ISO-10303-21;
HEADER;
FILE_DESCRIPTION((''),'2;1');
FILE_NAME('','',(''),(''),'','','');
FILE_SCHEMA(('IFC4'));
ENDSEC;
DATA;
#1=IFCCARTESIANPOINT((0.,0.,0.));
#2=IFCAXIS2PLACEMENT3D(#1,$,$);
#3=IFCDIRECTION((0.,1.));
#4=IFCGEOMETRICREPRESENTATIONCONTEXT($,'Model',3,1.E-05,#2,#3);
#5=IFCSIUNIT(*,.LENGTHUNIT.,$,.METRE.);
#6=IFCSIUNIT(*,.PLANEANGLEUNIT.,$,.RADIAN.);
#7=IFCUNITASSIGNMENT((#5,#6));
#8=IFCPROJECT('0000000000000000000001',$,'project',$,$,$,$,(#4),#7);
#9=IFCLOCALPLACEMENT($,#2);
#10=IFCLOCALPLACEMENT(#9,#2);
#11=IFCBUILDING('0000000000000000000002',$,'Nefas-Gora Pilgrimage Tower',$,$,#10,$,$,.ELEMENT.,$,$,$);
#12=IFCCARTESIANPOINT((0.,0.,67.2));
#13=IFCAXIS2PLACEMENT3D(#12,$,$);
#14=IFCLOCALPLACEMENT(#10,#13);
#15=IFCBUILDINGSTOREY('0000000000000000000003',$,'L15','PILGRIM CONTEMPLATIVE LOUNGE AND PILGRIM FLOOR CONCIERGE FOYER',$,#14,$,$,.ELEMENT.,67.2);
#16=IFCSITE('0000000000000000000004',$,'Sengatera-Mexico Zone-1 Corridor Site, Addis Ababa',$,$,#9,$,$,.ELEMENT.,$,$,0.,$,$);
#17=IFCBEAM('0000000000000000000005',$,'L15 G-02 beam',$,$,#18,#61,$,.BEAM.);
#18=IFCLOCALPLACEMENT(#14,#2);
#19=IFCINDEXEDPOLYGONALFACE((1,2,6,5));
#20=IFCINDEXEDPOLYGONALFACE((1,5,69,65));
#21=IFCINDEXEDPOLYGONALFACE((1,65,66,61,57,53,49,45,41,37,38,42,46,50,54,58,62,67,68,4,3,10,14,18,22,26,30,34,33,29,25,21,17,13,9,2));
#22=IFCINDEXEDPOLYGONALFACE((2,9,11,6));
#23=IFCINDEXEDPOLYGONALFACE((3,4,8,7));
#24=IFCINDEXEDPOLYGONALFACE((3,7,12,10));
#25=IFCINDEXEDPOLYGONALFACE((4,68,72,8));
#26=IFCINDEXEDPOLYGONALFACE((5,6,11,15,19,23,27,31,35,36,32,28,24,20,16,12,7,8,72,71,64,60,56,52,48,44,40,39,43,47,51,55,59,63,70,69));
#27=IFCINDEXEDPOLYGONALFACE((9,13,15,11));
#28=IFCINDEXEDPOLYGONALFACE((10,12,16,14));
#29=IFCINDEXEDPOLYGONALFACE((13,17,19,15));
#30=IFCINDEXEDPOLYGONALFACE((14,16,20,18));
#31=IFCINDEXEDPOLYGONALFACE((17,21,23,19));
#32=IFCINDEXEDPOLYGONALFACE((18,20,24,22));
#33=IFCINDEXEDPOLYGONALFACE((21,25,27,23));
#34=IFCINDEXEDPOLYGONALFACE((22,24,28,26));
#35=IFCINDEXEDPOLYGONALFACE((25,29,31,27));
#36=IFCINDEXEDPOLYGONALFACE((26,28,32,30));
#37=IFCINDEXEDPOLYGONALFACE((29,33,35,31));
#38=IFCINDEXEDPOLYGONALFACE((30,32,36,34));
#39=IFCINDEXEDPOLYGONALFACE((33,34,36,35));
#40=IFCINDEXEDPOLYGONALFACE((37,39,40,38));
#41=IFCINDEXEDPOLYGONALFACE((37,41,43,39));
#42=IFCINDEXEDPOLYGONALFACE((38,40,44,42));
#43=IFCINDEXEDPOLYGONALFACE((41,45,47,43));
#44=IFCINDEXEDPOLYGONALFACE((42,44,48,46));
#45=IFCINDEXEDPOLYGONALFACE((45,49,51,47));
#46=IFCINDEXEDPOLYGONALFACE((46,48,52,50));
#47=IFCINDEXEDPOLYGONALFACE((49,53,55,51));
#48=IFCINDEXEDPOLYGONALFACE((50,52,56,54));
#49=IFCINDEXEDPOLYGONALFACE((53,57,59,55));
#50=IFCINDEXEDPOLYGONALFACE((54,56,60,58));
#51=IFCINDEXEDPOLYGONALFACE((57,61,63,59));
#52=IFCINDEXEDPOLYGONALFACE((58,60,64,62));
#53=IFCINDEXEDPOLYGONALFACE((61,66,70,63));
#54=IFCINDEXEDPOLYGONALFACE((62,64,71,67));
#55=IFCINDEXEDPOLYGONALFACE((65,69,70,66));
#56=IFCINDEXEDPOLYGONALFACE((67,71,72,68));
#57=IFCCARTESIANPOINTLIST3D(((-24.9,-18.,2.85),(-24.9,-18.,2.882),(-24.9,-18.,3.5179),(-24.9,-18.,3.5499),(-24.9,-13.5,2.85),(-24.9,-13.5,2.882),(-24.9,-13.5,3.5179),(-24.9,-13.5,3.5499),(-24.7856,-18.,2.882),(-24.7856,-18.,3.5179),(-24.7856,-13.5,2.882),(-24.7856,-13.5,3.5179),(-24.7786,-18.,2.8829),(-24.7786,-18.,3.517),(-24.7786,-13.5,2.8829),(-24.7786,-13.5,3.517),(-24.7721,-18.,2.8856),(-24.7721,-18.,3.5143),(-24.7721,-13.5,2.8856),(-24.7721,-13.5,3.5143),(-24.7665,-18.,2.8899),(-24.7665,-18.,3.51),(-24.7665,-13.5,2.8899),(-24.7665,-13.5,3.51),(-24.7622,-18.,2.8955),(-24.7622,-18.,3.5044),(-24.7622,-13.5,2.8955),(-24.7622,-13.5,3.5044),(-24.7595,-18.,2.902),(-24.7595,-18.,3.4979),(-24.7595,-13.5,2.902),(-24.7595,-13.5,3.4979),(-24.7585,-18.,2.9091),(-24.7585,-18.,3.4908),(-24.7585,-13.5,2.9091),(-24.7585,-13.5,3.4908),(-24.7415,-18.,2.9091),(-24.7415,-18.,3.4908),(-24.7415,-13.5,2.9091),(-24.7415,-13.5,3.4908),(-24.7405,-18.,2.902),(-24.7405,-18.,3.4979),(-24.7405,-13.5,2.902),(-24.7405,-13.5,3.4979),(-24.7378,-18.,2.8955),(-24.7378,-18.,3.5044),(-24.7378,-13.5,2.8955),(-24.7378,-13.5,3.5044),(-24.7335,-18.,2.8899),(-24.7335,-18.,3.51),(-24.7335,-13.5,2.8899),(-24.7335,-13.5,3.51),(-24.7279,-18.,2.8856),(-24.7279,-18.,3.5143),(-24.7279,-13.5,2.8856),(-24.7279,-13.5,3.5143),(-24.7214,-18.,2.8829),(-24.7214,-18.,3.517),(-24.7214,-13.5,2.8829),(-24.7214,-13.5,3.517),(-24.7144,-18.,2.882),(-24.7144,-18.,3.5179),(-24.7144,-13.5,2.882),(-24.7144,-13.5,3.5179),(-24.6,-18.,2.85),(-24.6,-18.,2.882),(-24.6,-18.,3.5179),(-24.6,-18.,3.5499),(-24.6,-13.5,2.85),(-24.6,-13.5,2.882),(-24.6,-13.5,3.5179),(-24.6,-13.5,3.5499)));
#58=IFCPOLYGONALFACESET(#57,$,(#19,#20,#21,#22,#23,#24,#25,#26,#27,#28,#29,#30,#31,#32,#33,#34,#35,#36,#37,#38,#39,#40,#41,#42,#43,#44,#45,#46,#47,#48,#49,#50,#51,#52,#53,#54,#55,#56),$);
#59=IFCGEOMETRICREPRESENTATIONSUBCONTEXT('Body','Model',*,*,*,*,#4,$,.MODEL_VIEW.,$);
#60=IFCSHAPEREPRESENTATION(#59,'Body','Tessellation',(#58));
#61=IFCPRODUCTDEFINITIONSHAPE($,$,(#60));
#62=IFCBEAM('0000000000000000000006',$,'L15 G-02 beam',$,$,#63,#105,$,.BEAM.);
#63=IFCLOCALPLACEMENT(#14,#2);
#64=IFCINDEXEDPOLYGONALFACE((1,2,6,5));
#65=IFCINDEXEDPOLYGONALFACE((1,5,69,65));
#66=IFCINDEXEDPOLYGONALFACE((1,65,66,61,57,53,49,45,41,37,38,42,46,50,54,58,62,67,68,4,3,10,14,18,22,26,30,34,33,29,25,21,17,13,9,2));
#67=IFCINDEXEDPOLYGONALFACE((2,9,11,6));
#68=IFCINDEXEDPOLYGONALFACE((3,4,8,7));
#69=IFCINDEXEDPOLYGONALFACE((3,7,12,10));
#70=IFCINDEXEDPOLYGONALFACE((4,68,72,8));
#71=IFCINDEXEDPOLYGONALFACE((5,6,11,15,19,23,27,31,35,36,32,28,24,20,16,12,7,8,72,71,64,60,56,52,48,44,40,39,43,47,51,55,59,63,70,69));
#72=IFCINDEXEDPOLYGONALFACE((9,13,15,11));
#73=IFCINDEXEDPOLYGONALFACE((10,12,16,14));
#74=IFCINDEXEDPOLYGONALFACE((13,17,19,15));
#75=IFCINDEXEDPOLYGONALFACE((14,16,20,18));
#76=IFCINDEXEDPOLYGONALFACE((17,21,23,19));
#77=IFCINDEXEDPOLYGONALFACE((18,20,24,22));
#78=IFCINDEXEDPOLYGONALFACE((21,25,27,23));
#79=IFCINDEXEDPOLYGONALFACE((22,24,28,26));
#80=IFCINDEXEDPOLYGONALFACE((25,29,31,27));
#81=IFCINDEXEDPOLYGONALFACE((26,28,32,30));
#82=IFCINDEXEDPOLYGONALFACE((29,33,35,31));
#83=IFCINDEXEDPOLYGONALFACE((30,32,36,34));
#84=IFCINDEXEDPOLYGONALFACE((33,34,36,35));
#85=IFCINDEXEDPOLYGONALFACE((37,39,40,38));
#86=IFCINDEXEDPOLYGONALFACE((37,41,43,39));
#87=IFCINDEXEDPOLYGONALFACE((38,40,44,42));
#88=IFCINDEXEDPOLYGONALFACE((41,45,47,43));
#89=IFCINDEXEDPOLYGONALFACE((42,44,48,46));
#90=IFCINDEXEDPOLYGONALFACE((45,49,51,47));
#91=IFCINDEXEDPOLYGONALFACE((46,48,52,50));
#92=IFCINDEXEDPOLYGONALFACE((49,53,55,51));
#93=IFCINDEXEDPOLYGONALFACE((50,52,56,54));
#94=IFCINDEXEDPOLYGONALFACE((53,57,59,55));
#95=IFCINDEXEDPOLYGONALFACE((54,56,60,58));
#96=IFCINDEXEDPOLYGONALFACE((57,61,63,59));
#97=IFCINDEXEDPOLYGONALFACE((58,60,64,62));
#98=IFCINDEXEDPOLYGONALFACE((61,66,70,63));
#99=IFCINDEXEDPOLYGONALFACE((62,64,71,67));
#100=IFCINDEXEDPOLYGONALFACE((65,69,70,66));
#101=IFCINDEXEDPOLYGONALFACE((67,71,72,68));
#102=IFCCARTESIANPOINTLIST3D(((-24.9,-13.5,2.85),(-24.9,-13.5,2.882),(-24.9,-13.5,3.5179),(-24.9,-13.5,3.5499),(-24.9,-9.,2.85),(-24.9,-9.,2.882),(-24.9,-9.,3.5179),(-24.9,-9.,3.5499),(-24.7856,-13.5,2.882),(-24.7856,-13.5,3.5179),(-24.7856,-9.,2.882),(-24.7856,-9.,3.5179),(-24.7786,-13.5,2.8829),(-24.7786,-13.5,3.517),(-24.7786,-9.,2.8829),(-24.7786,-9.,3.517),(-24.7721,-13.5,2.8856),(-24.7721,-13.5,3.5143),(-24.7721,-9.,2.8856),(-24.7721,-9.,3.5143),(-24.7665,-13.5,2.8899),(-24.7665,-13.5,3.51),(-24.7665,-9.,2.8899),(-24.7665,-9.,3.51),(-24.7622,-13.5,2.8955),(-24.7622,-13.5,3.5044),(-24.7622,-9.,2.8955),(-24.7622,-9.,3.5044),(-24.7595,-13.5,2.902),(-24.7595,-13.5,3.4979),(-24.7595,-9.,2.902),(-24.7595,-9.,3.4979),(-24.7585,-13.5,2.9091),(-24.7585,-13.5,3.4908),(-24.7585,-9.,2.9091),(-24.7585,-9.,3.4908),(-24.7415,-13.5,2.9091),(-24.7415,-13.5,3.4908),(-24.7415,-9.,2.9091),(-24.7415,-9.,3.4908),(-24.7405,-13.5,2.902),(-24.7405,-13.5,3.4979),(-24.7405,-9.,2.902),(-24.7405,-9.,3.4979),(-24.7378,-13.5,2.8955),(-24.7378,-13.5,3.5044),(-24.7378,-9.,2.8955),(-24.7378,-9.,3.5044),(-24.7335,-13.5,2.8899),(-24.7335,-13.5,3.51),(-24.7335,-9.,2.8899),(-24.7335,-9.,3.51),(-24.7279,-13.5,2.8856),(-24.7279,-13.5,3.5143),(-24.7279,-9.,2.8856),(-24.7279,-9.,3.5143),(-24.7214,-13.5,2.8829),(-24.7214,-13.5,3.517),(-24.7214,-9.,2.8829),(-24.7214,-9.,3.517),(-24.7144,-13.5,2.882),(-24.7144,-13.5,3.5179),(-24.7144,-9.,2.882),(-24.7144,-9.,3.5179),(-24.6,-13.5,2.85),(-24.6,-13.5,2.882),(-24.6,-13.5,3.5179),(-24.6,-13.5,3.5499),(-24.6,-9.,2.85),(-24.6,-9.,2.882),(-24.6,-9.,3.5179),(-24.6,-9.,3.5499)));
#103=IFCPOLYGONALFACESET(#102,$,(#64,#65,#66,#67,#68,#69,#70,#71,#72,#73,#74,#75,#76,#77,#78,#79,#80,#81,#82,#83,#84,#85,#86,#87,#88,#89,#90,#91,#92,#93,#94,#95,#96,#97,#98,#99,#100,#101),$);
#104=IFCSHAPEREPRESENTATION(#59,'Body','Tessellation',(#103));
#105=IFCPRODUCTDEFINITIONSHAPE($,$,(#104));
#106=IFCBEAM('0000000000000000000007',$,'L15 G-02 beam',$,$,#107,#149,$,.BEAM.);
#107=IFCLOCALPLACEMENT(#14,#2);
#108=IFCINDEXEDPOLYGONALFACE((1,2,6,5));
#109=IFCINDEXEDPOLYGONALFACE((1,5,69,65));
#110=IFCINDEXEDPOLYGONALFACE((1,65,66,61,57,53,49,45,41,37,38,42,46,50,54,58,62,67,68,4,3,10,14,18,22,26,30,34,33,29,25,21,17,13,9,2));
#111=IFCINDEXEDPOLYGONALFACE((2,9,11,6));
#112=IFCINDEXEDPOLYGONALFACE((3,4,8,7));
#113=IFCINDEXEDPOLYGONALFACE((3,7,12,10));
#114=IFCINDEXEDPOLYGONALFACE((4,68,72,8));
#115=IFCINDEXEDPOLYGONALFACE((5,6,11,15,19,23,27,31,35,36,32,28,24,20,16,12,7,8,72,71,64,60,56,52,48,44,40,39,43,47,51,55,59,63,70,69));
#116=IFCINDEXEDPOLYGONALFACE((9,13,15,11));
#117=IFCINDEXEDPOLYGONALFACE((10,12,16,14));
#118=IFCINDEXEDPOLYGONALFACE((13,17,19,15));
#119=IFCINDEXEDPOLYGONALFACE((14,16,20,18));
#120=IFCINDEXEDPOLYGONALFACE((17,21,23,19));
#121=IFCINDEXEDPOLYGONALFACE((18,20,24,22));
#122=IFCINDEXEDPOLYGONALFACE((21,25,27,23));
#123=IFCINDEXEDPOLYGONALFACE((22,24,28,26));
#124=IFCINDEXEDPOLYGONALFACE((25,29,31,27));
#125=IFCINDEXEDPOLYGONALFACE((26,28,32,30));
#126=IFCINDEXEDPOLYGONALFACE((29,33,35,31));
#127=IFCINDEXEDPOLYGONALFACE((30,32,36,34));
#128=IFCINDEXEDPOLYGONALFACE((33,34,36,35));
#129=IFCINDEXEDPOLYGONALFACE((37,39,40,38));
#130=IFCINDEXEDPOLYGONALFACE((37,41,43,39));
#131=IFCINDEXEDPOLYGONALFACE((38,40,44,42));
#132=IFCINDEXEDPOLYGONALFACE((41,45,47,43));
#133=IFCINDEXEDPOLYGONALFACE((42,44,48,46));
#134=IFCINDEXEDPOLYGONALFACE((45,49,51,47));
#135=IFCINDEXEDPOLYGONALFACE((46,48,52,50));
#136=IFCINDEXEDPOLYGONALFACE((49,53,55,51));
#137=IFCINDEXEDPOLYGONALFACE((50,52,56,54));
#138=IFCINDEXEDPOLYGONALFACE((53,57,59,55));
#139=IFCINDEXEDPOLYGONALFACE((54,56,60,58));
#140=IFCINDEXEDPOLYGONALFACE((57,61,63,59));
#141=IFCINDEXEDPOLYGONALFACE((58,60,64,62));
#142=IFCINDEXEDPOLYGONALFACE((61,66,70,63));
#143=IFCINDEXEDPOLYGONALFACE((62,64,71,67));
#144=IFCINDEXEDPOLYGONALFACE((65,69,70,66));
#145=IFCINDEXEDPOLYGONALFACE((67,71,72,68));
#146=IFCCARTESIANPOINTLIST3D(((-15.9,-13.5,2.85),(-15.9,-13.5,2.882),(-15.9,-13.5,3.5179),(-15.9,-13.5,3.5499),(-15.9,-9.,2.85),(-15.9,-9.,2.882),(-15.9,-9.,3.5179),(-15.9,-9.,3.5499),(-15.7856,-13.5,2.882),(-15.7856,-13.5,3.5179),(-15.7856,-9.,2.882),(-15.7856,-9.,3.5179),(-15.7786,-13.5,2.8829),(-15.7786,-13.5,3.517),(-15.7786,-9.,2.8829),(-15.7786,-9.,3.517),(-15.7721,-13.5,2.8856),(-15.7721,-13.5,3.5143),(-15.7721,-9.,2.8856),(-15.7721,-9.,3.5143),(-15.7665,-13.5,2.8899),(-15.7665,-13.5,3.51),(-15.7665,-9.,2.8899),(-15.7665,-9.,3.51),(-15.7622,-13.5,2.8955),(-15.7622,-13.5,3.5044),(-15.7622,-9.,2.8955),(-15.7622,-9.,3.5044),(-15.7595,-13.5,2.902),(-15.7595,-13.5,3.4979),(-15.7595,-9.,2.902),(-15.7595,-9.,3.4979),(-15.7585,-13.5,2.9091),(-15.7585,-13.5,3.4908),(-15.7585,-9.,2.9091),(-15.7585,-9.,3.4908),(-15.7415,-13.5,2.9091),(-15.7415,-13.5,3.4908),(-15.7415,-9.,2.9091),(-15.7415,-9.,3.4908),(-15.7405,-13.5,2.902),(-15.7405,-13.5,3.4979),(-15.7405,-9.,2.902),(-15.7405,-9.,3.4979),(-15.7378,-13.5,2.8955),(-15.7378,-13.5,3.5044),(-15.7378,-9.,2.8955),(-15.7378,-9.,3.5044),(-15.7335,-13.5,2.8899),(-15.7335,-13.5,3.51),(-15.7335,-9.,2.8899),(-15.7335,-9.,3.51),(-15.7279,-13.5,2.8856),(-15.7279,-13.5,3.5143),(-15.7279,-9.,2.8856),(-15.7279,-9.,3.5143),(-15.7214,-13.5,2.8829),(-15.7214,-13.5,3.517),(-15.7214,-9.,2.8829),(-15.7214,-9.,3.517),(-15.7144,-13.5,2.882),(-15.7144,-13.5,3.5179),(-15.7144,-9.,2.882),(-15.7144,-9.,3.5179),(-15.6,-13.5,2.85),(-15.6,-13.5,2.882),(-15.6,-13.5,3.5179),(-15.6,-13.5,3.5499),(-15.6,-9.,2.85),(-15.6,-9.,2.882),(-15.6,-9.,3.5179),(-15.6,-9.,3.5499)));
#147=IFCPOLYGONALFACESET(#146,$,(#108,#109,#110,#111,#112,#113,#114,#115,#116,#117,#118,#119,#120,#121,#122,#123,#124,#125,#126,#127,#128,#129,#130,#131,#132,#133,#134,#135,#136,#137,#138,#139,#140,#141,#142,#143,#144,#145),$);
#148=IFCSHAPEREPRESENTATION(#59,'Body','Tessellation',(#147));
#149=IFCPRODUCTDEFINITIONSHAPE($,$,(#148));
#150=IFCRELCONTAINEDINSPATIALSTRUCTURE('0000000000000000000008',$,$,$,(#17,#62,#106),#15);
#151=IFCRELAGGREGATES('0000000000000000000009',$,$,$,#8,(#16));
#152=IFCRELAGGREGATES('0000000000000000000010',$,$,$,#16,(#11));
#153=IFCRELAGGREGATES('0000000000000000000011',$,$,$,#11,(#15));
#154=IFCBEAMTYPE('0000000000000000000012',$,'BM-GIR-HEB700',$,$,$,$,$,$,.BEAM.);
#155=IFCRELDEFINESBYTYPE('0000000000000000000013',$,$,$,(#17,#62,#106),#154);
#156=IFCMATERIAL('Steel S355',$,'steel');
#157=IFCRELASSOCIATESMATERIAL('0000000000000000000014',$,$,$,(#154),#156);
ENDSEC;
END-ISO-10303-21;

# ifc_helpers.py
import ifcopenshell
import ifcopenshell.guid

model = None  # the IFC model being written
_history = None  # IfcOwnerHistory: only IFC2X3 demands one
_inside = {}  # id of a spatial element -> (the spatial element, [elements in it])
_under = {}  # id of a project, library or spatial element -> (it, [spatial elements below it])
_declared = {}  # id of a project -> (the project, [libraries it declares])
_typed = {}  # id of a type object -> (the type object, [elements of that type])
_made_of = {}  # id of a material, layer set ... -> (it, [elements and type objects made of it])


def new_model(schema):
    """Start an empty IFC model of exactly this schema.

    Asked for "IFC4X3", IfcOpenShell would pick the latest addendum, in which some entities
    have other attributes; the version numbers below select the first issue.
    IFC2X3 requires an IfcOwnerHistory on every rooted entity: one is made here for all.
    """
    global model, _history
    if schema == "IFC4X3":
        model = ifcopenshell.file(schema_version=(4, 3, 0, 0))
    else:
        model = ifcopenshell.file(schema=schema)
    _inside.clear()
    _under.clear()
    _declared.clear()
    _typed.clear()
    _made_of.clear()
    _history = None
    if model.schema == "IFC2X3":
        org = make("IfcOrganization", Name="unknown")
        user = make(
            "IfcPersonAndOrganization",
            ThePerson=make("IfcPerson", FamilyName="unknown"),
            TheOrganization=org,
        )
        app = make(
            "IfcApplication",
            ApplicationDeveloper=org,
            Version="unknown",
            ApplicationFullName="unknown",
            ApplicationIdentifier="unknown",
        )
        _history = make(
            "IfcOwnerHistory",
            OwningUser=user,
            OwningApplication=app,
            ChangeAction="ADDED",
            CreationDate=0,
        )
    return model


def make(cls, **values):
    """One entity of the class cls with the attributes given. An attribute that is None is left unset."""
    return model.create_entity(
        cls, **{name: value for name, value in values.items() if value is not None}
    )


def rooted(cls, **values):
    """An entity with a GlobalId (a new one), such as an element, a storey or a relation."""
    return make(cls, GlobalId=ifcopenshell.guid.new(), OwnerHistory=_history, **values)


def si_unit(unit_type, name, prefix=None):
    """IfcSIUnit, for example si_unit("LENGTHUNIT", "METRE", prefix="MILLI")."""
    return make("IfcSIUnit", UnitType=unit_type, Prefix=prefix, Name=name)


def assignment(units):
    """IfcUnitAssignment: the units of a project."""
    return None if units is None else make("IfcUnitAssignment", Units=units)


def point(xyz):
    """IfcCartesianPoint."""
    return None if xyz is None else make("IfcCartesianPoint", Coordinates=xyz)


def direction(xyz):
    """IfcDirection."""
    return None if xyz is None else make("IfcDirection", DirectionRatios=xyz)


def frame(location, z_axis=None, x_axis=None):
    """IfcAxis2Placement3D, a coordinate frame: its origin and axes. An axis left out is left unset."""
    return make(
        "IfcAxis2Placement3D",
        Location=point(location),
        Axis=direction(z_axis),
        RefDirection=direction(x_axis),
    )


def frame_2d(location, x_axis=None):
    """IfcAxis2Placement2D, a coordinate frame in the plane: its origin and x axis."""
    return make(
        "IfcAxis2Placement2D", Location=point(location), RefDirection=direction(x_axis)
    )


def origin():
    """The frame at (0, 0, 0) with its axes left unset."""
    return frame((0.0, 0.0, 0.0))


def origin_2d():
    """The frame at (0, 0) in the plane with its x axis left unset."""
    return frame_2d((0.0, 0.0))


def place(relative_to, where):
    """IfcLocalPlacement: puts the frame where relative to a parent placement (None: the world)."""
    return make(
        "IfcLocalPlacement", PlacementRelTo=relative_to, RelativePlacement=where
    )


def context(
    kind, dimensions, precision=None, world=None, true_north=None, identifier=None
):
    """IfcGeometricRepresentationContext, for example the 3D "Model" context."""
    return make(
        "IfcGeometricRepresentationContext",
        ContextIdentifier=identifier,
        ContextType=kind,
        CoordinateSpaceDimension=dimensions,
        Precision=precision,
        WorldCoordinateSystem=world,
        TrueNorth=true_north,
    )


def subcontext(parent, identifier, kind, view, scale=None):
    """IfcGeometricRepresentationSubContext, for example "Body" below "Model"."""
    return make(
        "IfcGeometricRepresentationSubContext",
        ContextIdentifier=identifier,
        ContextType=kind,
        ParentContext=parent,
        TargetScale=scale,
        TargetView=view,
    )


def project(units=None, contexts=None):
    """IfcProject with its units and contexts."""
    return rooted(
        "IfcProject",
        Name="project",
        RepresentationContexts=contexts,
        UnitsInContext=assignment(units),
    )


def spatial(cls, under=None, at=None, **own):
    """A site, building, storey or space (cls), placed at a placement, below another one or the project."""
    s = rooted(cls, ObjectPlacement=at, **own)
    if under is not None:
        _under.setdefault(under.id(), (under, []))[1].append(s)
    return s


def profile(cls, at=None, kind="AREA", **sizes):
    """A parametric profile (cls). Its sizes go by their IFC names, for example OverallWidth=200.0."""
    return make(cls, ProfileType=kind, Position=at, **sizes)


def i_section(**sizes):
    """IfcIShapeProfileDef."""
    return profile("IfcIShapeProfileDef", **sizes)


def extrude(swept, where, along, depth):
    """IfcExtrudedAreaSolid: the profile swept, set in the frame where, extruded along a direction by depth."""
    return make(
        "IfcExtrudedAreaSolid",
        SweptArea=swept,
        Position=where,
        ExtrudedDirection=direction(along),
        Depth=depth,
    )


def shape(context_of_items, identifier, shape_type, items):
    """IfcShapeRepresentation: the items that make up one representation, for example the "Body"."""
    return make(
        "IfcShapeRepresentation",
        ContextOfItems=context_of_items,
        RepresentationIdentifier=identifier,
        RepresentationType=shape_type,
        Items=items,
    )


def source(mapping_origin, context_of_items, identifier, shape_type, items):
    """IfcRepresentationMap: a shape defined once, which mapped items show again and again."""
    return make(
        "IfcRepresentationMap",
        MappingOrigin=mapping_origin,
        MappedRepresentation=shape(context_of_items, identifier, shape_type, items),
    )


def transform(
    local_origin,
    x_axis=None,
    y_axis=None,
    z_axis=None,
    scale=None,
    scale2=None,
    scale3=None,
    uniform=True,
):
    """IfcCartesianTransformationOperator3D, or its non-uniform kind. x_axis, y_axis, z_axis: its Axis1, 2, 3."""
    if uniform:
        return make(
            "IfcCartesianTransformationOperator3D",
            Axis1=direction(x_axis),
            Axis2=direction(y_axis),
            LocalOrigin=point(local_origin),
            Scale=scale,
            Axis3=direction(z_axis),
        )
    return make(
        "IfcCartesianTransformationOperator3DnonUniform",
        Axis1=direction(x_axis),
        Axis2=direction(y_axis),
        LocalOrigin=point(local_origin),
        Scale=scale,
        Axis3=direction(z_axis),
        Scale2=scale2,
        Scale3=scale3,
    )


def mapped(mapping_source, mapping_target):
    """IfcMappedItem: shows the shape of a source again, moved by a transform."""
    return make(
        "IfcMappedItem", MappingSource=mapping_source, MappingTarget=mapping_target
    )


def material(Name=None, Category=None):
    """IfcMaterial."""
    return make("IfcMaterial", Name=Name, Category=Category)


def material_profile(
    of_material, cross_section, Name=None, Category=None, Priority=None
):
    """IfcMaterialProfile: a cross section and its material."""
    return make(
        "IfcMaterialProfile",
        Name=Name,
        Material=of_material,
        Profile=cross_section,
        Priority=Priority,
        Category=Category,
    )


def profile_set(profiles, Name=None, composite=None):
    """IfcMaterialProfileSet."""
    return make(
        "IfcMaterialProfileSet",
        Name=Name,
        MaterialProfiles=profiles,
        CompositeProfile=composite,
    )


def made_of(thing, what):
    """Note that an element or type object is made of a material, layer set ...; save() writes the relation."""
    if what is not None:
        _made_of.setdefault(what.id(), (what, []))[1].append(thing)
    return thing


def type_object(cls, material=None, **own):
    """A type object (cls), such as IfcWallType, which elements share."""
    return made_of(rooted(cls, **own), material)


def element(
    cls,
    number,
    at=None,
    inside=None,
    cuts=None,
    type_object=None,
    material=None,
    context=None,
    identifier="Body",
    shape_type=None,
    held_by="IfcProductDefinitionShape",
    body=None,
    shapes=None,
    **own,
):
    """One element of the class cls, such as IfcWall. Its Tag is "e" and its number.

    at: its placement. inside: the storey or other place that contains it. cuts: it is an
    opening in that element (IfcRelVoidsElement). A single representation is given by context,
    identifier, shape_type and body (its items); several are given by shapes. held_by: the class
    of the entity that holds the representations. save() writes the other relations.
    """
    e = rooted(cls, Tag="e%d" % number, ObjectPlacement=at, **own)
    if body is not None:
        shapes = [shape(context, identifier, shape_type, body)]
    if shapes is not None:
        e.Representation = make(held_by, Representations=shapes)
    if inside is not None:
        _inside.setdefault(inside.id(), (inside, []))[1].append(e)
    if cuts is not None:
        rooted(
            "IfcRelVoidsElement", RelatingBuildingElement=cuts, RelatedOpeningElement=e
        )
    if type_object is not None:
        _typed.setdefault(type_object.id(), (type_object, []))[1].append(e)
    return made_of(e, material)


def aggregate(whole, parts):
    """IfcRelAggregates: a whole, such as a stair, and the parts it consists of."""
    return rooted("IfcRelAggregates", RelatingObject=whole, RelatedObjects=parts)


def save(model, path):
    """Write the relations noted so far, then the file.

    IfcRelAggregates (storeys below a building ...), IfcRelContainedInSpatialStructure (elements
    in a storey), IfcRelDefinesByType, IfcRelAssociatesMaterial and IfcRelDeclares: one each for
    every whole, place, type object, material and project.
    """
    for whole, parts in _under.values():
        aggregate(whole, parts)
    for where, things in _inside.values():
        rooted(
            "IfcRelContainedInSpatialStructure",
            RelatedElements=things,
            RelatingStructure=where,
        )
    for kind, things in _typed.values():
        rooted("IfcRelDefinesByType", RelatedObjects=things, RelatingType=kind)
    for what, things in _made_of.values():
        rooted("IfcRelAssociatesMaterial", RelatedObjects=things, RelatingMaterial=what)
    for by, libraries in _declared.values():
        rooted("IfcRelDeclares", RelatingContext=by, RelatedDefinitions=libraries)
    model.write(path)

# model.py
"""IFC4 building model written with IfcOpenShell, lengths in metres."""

from ifc_helpers import new_model, si_unit, direction, frame, origin, origin_2d, place, context, subcontext, project, spatial, i_section, extrude, source, transform, mapped, material, material_profile, profile_set, type_object, element, save


model = new_model("IFC4")

# Units and contexts
model_context = context("Model", 3, precision=1e-05, world=origin(), true_north=direction((0.0, 1.0)))
body_context = subcontext(model_context, "Body", "Model", "MODEL_VIEW")
ifc_project = project(units=[si_unit("LENGTHUNIT", "METRE"), si_unit("PLANEANGLEUNIT", "RADIAN")], contexts=[model_context])

# Site, building, storey
site_placement = place(None, origin())
site = spatial("IfcSite", under=ifc_project, at=site_placement, Name="Sengatera-Mexico Zone-1 Corridor Site, Addis Ababa", CompositionType="ELEMENT", RefElevation=0.0)
building_placement = place(site_placement, origin())
building = spatial("IfcBuilding", under=site, at=building_placement, Name="Nefas-Gora Pilgrimage Tower", CompositionType="ELEMENT")
storey_placement = place(building_placement, frame((0.0, 0.0, 67.2)))
storey = spatial("IfcBuildingStorey", under=building, at=storey_placement, Name="L15", Description="PILGRIM CONTEMPLATIVE LOUNGE AND PILGRIM FLOOR CONCIERGE FOYER", CompositionType="ELEMENT", Elevation=67.2)

# Beams
ifc_material_1 = material(Name="Steel S355", Category="steel")
ifc_material_profile_1 = material_profile(ifc_material_1, i_section(OverallWidth=0.3, OverallDepth=0.7, WebThickness=0.0171, FlangeThickness=0.032, FilletRadius=0.0271, at=origin_2d()), Name="HEB 700")
ifc_profile_set_1 = profile_set([ifc_material_profile_1], Name="Steel S355")
beam_type_1 = type_object("IfcBeamType", Name="BM-GIR-HEB700", PredefinedType="BEAM", material=ifc_profile_set_1)
shared_shape_1 = source(origin(), body_context, "Body", "SweptSolid", [
    extrude(i_section(OverallWidth=0.3, OverallDepth=0.7, WebThickness=0.0171, FlangeThickness=0.032, FilletRadius=0.0271, at=origin_2d()), origin(), (0.0, 0.0, 1.0), 4.5),
])
for number, where, z_axis, x_axis, name in (
    (1, (-24.75, -18.0, 3.2), (0.0, 1.0, 0.0), (-1.0, 0.0, 0.0), "L15 G-02 beam"),
    (2, (-24.75, -13.5, 3.2), (0.0, 1.0, 0.0), (-1.0, 0.0, 0.0), "L15 G-02 beam"),
    (3, (-15.75, -13.5, 3.2), (0.0, 1.0, 0.0), (-1.0, 0.0, 0.0), "L15 G-02 beam"),
):
    element("IfcBeam", number, at=place(storey_placement, frame(where, z_axis=z_axis, x_axis=x_axis)), inside=storey, type_object=beam_type_1, Name=name, PredefinedType="BEAM", context=body_context, shape_type="MappedRepresentation", body=[
        mapped(shared_shape_1, transform((0.0, 0.0, 0.0), x_axis=(1.0, 0.0, 0.0), y_axis=(0.0, 1.0, 0.0), z_axis=(0.0, 0.0, 1.0), scale=1.0)),
    ])

save(model, "model.ifc")
